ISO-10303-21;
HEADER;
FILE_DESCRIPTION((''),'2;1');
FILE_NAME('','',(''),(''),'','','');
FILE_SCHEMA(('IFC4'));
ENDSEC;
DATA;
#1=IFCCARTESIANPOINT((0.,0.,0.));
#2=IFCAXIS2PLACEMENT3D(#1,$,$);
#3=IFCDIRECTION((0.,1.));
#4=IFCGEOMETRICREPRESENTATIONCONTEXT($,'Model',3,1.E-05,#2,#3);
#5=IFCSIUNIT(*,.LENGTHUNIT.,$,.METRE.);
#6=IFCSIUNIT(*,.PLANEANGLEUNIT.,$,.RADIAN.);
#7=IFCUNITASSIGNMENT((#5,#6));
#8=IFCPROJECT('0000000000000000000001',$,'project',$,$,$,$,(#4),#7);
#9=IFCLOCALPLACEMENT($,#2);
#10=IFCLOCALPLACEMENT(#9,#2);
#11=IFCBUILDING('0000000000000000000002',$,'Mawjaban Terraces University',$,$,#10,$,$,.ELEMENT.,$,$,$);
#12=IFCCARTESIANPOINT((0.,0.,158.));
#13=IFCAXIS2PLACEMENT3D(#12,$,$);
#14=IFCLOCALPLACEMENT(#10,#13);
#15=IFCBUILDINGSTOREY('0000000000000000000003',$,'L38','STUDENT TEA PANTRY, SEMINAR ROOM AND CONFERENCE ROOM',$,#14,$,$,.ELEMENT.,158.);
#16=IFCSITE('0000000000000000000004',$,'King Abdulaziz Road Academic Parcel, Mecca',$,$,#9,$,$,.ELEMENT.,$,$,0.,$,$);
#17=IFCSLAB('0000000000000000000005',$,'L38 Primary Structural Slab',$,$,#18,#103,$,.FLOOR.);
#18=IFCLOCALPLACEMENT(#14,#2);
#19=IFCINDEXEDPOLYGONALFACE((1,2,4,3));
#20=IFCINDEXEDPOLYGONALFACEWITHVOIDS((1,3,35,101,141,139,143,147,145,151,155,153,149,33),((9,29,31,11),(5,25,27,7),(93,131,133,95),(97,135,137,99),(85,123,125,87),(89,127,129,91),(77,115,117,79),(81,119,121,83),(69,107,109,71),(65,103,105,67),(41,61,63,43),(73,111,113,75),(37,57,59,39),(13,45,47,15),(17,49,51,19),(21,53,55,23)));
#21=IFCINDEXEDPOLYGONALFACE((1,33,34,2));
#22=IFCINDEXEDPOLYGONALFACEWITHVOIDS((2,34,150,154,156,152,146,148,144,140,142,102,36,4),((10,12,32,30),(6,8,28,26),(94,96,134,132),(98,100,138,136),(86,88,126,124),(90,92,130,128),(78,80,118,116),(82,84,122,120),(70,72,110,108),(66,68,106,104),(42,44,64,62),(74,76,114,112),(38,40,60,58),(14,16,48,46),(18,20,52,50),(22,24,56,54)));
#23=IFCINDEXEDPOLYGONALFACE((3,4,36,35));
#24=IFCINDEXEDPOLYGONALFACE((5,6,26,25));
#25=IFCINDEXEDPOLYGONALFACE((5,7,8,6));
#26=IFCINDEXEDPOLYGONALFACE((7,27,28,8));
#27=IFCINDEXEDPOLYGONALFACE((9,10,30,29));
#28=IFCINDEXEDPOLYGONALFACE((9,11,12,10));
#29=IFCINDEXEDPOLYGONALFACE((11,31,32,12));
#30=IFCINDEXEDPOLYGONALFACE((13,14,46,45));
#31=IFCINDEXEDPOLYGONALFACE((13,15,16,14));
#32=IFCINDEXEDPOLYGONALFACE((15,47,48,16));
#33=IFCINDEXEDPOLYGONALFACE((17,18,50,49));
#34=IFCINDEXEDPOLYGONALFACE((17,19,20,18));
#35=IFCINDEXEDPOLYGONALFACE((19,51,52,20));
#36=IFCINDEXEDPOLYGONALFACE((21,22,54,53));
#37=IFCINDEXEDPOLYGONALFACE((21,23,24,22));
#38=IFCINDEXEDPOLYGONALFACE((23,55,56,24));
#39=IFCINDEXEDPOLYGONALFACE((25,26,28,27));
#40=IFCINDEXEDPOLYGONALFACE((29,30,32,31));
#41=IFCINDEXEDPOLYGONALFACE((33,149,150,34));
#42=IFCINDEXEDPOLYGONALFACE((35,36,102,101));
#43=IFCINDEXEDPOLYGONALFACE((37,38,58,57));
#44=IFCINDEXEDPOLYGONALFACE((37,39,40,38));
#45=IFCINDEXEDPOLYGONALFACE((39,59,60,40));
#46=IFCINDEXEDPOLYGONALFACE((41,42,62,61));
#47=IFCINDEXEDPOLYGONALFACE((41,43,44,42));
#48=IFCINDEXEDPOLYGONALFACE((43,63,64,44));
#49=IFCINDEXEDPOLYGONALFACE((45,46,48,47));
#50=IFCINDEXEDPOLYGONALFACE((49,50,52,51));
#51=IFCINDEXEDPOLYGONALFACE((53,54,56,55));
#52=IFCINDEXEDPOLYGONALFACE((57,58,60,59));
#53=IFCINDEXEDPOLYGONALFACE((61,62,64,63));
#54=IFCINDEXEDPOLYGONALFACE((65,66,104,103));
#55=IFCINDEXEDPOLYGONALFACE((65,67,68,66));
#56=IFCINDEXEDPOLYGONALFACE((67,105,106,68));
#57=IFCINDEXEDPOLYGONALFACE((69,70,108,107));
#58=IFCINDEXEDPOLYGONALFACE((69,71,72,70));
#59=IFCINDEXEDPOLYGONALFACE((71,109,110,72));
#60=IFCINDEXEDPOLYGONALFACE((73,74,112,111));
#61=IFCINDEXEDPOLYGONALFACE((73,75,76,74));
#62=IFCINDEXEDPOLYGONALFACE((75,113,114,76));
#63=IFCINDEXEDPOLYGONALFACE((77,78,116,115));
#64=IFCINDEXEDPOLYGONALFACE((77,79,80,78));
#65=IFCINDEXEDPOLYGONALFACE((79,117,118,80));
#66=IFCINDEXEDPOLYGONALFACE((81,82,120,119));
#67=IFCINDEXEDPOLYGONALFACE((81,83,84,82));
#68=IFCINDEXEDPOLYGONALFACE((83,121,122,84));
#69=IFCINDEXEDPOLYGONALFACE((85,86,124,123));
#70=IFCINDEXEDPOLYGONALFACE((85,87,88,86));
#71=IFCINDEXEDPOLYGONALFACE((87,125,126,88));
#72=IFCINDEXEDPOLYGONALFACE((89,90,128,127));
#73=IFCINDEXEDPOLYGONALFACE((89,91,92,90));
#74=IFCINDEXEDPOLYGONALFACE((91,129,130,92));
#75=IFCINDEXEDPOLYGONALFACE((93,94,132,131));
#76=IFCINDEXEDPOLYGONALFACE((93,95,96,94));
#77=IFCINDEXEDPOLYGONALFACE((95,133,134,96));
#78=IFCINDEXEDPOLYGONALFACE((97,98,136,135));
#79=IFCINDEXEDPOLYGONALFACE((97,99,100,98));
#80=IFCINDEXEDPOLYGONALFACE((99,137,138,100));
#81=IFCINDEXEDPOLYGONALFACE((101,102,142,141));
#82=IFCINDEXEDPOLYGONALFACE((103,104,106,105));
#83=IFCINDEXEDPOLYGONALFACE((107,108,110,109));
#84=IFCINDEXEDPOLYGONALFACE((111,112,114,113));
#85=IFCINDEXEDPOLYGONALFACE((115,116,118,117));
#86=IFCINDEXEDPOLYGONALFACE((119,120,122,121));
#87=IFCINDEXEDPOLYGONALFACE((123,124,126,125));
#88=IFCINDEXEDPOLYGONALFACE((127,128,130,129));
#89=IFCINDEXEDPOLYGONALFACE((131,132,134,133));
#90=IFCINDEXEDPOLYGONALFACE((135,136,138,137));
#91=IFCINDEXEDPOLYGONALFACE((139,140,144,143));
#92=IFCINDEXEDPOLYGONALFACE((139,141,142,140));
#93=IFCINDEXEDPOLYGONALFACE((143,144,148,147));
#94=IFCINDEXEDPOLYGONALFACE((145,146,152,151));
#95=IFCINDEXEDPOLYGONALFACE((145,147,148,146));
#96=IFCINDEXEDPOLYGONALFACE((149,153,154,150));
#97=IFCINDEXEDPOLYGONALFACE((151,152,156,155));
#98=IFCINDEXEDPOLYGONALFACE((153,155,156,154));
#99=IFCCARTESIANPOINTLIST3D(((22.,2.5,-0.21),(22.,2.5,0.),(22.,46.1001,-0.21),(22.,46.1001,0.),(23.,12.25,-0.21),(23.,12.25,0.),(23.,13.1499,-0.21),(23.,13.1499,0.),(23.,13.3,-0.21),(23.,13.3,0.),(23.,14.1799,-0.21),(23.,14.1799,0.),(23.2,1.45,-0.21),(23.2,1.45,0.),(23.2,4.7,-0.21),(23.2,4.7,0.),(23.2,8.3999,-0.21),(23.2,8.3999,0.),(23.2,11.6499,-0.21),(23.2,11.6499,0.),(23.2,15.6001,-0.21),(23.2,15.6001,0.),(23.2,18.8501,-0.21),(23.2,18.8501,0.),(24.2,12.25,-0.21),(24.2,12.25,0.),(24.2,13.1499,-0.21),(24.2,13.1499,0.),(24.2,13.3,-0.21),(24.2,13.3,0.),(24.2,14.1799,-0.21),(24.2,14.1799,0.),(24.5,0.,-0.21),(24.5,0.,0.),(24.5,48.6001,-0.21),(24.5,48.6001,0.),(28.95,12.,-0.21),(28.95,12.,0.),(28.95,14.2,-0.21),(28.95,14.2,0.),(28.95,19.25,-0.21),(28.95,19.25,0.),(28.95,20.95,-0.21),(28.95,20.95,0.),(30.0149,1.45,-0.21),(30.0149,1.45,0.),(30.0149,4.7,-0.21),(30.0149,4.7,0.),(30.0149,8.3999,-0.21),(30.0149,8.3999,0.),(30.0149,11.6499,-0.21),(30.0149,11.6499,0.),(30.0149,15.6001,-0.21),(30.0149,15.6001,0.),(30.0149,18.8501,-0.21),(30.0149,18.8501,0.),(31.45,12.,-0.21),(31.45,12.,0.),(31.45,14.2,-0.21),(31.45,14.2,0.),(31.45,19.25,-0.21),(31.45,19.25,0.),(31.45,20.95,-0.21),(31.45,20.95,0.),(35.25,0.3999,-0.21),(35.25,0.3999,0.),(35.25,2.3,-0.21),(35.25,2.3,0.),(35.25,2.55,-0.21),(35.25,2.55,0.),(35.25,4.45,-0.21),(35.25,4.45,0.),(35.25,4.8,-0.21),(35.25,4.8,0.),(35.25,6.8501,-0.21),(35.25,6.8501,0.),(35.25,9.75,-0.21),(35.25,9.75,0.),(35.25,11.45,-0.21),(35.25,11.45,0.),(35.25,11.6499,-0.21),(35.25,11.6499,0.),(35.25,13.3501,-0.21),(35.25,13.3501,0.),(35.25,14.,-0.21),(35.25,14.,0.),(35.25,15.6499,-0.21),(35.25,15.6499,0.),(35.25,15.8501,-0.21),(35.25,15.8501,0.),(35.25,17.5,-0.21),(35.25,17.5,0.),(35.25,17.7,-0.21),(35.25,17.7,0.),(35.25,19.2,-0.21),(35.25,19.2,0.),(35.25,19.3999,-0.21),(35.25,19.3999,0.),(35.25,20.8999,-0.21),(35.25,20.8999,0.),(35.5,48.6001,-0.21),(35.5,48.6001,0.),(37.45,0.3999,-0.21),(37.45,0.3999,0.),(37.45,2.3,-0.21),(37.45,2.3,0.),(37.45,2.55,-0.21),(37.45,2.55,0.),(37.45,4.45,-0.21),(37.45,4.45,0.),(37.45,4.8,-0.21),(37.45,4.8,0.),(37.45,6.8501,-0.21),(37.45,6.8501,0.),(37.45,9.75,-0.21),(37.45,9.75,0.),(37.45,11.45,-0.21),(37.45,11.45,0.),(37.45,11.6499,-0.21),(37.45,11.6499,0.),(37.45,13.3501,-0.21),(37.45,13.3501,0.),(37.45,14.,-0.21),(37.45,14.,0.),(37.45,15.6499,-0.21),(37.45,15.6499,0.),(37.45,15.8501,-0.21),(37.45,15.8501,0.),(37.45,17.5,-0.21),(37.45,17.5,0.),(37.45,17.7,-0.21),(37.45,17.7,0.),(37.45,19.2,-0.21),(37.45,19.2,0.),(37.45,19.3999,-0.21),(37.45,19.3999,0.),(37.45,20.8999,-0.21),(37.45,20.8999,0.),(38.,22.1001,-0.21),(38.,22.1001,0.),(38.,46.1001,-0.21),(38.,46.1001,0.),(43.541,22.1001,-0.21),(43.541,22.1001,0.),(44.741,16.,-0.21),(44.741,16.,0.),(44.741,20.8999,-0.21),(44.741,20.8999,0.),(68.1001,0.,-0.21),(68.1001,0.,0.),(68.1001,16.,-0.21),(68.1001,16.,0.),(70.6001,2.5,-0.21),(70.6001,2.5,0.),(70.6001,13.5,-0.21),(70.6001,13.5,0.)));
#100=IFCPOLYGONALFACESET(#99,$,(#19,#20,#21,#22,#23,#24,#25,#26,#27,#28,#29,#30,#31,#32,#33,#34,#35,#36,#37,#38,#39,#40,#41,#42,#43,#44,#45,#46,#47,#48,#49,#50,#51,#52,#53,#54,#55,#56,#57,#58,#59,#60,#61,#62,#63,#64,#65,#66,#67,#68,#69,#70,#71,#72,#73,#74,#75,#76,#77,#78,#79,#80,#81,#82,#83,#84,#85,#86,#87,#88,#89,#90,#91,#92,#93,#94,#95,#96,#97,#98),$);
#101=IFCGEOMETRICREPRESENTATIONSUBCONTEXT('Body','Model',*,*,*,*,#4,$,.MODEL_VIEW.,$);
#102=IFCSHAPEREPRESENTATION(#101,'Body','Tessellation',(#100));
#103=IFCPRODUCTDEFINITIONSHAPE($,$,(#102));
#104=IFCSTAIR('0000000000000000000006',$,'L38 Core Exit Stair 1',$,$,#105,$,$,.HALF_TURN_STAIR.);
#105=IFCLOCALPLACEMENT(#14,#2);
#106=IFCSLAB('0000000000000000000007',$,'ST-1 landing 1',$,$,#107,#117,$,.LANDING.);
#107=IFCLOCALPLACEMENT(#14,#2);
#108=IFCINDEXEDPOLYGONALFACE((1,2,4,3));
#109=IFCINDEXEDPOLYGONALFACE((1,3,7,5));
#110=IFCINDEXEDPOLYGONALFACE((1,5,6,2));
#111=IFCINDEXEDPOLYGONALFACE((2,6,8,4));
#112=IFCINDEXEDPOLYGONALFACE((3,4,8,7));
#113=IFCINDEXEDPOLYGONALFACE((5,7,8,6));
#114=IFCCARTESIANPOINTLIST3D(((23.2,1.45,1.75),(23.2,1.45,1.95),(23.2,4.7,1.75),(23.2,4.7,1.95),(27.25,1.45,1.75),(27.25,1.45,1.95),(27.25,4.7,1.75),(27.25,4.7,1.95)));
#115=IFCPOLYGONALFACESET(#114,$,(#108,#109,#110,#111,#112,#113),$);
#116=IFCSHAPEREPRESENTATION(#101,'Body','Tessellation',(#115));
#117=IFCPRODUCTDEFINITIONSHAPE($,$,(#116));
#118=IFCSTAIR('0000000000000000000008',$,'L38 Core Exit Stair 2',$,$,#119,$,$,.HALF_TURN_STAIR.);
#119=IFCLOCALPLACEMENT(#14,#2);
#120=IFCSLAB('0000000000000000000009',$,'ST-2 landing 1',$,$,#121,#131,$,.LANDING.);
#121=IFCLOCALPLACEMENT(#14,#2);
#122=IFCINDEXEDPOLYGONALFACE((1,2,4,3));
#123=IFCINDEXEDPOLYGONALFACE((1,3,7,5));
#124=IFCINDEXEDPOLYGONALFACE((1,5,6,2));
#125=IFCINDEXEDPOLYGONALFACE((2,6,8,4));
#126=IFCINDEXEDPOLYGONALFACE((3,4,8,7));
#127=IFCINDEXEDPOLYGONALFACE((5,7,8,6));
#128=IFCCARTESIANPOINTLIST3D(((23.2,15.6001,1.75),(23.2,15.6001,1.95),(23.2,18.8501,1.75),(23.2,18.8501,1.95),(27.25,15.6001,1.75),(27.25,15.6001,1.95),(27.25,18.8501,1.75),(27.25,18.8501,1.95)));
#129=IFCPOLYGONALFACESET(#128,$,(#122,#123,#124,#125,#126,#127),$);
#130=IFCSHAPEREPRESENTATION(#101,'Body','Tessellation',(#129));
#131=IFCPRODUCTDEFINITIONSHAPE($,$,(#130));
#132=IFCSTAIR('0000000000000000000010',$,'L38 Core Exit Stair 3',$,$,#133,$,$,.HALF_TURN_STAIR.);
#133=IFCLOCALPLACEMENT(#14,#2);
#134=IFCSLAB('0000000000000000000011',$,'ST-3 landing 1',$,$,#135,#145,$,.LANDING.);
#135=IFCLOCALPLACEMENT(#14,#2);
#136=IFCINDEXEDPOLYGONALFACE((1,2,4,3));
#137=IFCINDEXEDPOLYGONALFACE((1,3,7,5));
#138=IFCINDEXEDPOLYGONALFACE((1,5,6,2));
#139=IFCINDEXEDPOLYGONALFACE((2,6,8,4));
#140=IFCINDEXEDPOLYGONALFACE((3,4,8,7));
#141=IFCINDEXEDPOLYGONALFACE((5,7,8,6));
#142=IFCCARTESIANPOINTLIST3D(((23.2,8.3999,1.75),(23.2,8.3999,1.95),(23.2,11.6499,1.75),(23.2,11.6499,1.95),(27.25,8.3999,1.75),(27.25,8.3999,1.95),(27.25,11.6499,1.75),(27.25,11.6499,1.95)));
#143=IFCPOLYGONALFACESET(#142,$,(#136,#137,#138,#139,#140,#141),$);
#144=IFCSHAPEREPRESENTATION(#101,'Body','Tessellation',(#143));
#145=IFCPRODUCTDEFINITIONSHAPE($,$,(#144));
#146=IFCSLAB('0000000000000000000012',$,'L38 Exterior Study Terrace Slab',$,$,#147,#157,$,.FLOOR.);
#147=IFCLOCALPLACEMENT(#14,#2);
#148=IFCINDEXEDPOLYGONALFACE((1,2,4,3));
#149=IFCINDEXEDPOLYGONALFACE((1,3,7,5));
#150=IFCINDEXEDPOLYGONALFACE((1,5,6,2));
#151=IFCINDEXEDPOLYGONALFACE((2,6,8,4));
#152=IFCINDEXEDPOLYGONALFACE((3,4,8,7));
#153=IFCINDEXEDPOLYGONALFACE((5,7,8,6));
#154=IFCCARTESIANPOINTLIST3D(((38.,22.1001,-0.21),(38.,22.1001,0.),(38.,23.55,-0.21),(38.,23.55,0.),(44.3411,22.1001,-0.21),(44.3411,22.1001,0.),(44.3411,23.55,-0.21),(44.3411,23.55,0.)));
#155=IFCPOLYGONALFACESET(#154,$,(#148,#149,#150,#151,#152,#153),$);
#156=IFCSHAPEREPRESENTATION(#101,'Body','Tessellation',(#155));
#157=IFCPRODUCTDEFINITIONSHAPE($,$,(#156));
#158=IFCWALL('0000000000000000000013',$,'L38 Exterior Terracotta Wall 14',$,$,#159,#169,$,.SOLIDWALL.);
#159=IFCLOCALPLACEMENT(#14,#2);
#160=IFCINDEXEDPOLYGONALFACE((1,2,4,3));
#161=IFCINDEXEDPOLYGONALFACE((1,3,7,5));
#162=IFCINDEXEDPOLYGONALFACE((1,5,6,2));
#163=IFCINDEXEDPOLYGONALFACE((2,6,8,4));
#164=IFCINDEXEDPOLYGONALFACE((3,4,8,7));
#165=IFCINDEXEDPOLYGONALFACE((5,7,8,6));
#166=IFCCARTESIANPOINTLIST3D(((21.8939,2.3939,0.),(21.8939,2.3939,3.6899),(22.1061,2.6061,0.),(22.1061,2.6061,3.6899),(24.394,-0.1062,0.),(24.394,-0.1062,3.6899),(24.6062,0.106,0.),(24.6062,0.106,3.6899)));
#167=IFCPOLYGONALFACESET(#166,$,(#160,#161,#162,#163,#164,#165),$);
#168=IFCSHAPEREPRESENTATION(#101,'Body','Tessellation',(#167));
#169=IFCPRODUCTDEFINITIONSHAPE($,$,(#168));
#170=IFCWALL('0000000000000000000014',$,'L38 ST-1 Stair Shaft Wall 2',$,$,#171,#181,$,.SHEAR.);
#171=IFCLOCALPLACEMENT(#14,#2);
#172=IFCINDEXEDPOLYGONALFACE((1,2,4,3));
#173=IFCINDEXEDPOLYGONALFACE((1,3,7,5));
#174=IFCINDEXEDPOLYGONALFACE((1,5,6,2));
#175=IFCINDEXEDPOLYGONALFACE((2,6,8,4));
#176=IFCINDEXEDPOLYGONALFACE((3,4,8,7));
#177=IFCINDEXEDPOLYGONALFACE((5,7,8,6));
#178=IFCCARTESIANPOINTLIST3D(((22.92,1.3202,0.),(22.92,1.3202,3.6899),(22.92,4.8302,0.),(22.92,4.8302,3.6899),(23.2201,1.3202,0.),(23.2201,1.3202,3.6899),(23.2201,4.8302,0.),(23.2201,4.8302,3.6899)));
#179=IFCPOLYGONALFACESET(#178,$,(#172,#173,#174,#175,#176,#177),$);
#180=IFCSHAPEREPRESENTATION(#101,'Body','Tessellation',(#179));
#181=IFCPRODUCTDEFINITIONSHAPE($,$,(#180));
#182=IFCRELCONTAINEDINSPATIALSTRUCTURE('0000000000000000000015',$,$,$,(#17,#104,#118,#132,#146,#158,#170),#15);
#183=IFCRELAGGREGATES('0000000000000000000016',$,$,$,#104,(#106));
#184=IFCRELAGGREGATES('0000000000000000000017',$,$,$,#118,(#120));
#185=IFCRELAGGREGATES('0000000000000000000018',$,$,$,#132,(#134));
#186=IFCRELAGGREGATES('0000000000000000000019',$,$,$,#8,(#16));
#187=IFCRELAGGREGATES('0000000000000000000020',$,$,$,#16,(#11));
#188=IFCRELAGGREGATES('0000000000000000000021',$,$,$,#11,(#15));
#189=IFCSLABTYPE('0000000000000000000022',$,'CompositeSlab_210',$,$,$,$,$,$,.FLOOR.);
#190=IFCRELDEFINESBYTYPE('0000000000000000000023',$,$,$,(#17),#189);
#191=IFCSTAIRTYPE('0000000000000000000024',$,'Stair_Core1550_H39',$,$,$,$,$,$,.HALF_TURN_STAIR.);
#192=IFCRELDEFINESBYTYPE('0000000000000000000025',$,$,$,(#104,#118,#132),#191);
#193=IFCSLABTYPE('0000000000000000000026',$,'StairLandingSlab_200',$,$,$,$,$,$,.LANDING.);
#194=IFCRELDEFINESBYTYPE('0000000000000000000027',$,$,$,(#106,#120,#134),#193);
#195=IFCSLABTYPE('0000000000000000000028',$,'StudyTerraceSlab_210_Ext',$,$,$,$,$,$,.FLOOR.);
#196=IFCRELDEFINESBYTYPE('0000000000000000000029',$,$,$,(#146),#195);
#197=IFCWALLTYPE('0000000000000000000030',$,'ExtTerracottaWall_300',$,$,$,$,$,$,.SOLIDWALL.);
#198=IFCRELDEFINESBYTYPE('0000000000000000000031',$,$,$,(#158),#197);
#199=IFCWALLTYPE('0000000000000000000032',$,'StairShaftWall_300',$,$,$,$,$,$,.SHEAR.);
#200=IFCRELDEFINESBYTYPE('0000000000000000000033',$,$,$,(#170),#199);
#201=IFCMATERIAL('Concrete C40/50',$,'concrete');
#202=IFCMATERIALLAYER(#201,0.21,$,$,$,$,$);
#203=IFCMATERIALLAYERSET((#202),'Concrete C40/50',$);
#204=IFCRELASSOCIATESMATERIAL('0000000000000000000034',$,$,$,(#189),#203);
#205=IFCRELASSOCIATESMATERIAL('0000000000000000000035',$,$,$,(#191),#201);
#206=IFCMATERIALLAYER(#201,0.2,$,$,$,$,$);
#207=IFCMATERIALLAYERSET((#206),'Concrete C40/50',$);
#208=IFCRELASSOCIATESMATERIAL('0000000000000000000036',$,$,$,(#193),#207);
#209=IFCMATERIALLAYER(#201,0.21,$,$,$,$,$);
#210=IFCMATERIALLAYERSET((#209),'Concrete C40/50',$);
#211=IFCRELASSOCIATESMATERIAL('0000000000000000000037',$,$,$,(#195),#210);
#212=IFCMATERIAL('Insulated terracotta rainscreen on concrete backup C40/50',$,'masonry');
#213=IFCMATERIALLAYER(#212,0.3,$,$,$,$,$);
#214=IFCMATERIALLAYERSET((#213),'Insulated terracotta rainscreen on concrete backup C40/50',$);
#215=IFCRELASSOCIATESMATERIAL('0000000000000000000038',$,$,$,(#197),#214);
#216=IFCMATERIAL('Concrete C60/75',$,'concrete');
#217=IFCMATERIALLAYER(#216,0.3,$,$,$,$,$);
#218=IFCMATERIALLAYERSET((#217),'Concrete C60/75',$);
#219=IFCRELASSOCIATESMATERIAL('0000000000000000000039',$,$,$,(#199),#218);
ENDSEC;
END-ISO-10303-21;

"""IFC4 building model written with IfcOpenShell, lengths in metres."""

from ifc_helpers import new_model, si_unit, direction, frame, frame_2d, origin, place, context, subcontext, project, spatial, polyline, rectangle, outline, extrude, material, layer, layer_set, type_object, element, aggregate, save


model = new_model("IFC4")

# Units and contexts
model_context = context("Model", 3, precision=1e-05, world=origin(), true_north=direction((0.0, 1.0)))
body_context = subcontext(model_context, "Body", "Model", "MODEL_VIEW")
ifc_project = project(units=[si_unit("LENGTHUNIT", "METRE"), si_unit("PLANEANGLEUNIT", "RADIAN")], contexts=[model_context])

# Site, building, storey
site_placement = place(None, origin())
site = spatial("IfcSite", under=ifc_project, at=site_placement, Name="King Abdulaziz Road Academic Parcel, Mecca", CompositionType="ELEMENT", RefElevation=0.0)
building_placement = place(site_placement, origin())
building = spatial("IfcBuilding", under=site, at=building_placement, Name="Mawjaban Terraces University", CompositionType="ELEMENT")
storey_placement = place(building_placement, frame((0.0, 0.0, 158.0)))
storey = spatial("IfcBuildingStorey", under=building, at=storey_placement, Name="L38", Description="STUDENT TEA PANTRY, SEMINAR ROOM AND CONFERENCE ROOM", CompositionType="ELEMENT", Elevation=158.0)

# Shared definitions
ifc_material_1 = material(Name="Concrete C60/75", Category="concrete")

# Slab
ifc_material_2 = material(Name="Concrete C40/50", Category="concrete")
ifc_layer_1 = layer(ifc_material_2, 0.21)
ifc_layer_set_1 = layer_set([ifc_layer_1], Name="Concrete C40/50")
slab_type_1 = type_object("IfcSlabType", Name="CompositeSlab_210", PredefinedType="FLOOR", material=ifc_layer_set_1)
slab_1_placement = place(storey_placement, frame((0.0, 0.0, -0.21)))
element("IfcSlab", 1, at=slab_1_placement, inside=storey, type_object=slab_type_1, Name="L38 Primary Structural Slab", PredefinedType="FLOOR", context=body_context, shape_type="SweptSolid", body=[
    extrude(outline(polyline([(24.5, 0.0), (68.1001, 0.0), (70.6001, 2.5), (70.6001, 13.5), (68.1001, 16.0), (44.741, 16.0), (44.741, 20.8999), (43.541, 22.1001), (38.0, 22.1001), (38.0, 46.1001), (35.5, 48.6001), (24.5, 48.6001), (22.0, 46.1001), (22.0, 2.5), (24.5, 0.0)]), holes=[polyline([(30.0149, 4.7), (23.2, 4.7), (23.2, 1.45), (30.0149, 1.45), (30.0149, 4.7)]), polyline([(30.0149, 18.8501), (23.2, 18.8501), (23.2, 15.6001), (30.0149, 15.6001), (30.0149, 18.8501)]), polyline([(30.0149, 11.6499), (23.2, 11.6499), (23.2, 8.3999), (30.0149, 8.3999), (30.0149, 11.6499)]), polyline([(35.25, 0.3999), (37.45, 0.3999), (37.45, 2.3), (35.25, 2.3), (35.25, 0.3999)]), polyline([(35.25, 2.55), (37.45, 2.55), (37.45, 4.45), (35.25, 4.45), (35.25, 2.55)]), polyline([(35.25, 4.8), (37.45, 4.8), (37.45, 6.8501), (35.25, 6.8501), (35.25, 4.8)]), polyline([(35.25, 9.75), (37.45, 9.75), (37.45, 11.45), (35.25, 11.45), (35.25, 9.75)]), polyline([(35.25, 11.6499), (37.45, 11.6499), (37.45, 13.3501), (35.25, 13.3501), (35.25, 11.6499)]), polyline([(28.95, 12.0), (31.45, 12.0), (31.45, 14.2), (28.95, 14.2), (28.95, 12.0)]), polyline([(35.25, 14.0), (37.45, 14.0), (37.45, 15.6499), (35.25, 15.6499), (35.25, 14.0)]), polyline([(35.25, 15.8501), (37.45, 15.8501), (37.45, 17.5), (35.25, 17.5), (35.25, 15.8501)]), polyline([(35.25, 17.7), (37.45, 17.7), (37.45, 19.2), (35.25, 19.2), (35.25, 17.7)]), polyline([(35.25, 19.3999), (37.45, 19.3999), (37.45, 20.8999), (35.25, 20.8999), (35.25, 19.3999)]), polyline([(28.95, 19.25), (31.45, 19.25), (31.45, 20.95), (28.95, 20.95), (28.95, 19.25)]), polyline([(23.0, 12.25), (24.2, 12.25), (24.2, 13.1499), (23.0, 13.1499), (23.0, 12.25)]), polyline([(23.0, 13.3), (24.2, 13.3), (24.2, 14.1799), (23.0, 14.1799), (23.0, 13.3)])]), origin(), (0.0, 0.0, 1.0), 0.21),
])

# Stairs, slabs
stair_type = type_object("IfcStairType", Name="Stair_Core1550_H39", PredefinedType="HALF_TURN_STAIR", material=ifc_material_2)
stair_1_placement = place(storey_placement, origin())
stair_1 = element("IfcStair", 2, at=stair_1_placement, inside=storey, type_object=stair_type, Name="L38 Core Exit Stair 1", PredefinedType="HALF_TURN_STAIR")
ifc_layer_2 = layer(ifc_material_2, 0.2)
ifc_layer_set_2 = layer_set([ifc_layer_2], Name="Concrete C40/50")
slab_type_2 = type_object("IfcSlabType", Name="StairLandingSlab_200", PredefinedType="LANDING", material=ifc_layer_set_2)
slab_2_placement = place(storey_placement, frame((0.0, 0.0, 1.75)))
slab_2 = element("IfcSlab", 3, at=slab_2_placement, type_object=slab_type_2, Name="ST-1 landing 1", PredefinedType="LANDING", context=body_context, shape_type="SweptSolid", body=[
    extrude(outline(polyline([(27.25, 4.7), (23.2, 4.7), (23.2, 1.45), (27.25, 1.45), (27.25, 4.7)])), origin(), (0.0, 0.0, 1.0), 0.2),
])
aggregate(stair_1, [slab_2])
stair_2_placement = place(storey_placement, origin())
stair_2 = element("IfcStair", 4, at=stair_2_placement, inside=storey, type_object=stair_type, Name="L38 Core Exit Stair 2", PredefinedType="HALF_TURN_STAIR")
slab_3_placement = place(storey_placement, frame((0.0, 0.0, 1.75)))
slab_3 = element("IfcSlab", 5, at=slab_3_placement, type_object=slab_type_2, Name="ST-2 landing 1", PredefinedType="LANDING", context=body_context, shape_type="SweptSolid", body=[
    extrude(outline(polyline([(27.25, 18.8501), (23.2, 18.8501), (23.2, 15.6001), (27.25, 15.6001), (27.25, 18.8501)])), origin(), (0.0, 0.0, 1.0), 0.2),
])
aggregate(stair_2, [slab_3])
stair_3_placement = place(storey_placement, origin())
stair_3 = element("IfcStair", 6, at=stair_3_placement, inside=storey, type_object=stair_type, Name="L38 Core Exit Stair 3", PredefinedType="HALF_TURN_STAIR")
slab_4_placement = place(storey_placement, frame((0.0, 0.0, 1.75)))
slab_4 = element("IfcSlab", 7, at=slab_4_placement, type_object=slab_type_2, Name="ST-3 landing 1", PredefinedType="LANDING", context=body_context, shape_type="SweptSolid", body=[
    extrude(outline(polyline([(27.25, 11.6499), (23.2, 11.6499), (23.2, 8.3999), (27.25, 8.3999), (27.25, 11.6499)])), origin(), (0.0, 0.0, 1.0), 0.2),
])
aggregate(stair_3, [slab_4])

# Slab
ifc_layer_3 = layer(ifc_material_2, 0.21)
ifc_layer_set_3 = layer_set([ifc_layer_3], Name="Concrete C40/50")
slab_type_3 = type_object("IfcSlabType", Name="StudyTerraceSlab_210_Ext", PredefinedType="FLOOR", material=ifc_layer_set_3)
slab_5_placement = place(storey_placement, frame((0.0, 0.0, -0.21)))
element("IfcSlab", 8, at=slab_5_placement, inside=storey, type_object=slab_type_3, Name="L38 Exterior Study Terrace Slab", PredefinedType="FLOOR", context=body_context, shape_type="SweptSolid", body=[
    extrude(outline(polyline([(38.0, 22.1001), (44.3411, 22.1001), (44.3411, 23.55), (38.0, 23.55), (38.0, 22.1001)])), origin(), (0.0, 0.0, 1.0), 0.21),
])

# Walls
ifc_material_3 = material(Name="Insulated terracotta rainscreen on concrete backup C40/50", Category="masonry")
ifc_layer_4 = layer(ifc_material_3, 0.3)
ifc_layer_set_4 = layer_set([ifc_layer_4], Name="Insulated terracotta rainscreen on concrete backup C40/50")
wall_type_1 = type_object("IfcWallType", Name="ExtTerracottaWall_300", PredefinedType="SOLIDWALL", material=ifc_layer_set_4)
wall_1_placement = place(storey_placement, frame((22.0, 2.5, 0.0), z_axis=(0.0, 0.0, 1.0), x_axis=(0.707107, -0.707107, 0.0)))
element("IfcWall", 9, at=wall_1_placement, inside=storey, type_object=wall_type_1, Name="L38 Exterior Terracotta Wall 14", PredefinedType="SOLIDWALL", context=body_context, shape_type="SweptSolid", body=[
    extrude(rectangle(XDim=3.5356, YDim=0.3, at=frame_2d((1.7678, 0.0))), origin(), (0.0, 0.0, 1.0), 3.6899),
])
ifc_layer_5 = layer(ifc_material_1, 0.3)
ifc_layer_set_5 = layer_set([ifc_layer_5], Name="Concrete C60/75")
wall_type_2 = type_object("IfcWallType", Name="StairShaftWall_300", PredefinedType="SHEAR", material=ifc_layer_set_5)
wall_2_placement = place(storey_placement, frame((23.0701, 4.8301, 0.0), z_axis=(0.0, 0.0, 1.0), x_axis=(0.0, -1.0, 0.0)))
element("IfcWall", 10, at=wall_2_placement, inside=storey, type_object=wall_type_2, Name="L38 ST-1 Stair Shaft Wall 2", PredefinedType="SHEAR", context=body_context, shape_type="SweptSolid", body=[
    extrude(rectangle(XDim=3.51, YDim=0.3, at=frame_2d((1.7549, 0.0))), origin(), (0.0, 0.0, 1.0), 3.6899),
])

save(model, "model.ifc")
